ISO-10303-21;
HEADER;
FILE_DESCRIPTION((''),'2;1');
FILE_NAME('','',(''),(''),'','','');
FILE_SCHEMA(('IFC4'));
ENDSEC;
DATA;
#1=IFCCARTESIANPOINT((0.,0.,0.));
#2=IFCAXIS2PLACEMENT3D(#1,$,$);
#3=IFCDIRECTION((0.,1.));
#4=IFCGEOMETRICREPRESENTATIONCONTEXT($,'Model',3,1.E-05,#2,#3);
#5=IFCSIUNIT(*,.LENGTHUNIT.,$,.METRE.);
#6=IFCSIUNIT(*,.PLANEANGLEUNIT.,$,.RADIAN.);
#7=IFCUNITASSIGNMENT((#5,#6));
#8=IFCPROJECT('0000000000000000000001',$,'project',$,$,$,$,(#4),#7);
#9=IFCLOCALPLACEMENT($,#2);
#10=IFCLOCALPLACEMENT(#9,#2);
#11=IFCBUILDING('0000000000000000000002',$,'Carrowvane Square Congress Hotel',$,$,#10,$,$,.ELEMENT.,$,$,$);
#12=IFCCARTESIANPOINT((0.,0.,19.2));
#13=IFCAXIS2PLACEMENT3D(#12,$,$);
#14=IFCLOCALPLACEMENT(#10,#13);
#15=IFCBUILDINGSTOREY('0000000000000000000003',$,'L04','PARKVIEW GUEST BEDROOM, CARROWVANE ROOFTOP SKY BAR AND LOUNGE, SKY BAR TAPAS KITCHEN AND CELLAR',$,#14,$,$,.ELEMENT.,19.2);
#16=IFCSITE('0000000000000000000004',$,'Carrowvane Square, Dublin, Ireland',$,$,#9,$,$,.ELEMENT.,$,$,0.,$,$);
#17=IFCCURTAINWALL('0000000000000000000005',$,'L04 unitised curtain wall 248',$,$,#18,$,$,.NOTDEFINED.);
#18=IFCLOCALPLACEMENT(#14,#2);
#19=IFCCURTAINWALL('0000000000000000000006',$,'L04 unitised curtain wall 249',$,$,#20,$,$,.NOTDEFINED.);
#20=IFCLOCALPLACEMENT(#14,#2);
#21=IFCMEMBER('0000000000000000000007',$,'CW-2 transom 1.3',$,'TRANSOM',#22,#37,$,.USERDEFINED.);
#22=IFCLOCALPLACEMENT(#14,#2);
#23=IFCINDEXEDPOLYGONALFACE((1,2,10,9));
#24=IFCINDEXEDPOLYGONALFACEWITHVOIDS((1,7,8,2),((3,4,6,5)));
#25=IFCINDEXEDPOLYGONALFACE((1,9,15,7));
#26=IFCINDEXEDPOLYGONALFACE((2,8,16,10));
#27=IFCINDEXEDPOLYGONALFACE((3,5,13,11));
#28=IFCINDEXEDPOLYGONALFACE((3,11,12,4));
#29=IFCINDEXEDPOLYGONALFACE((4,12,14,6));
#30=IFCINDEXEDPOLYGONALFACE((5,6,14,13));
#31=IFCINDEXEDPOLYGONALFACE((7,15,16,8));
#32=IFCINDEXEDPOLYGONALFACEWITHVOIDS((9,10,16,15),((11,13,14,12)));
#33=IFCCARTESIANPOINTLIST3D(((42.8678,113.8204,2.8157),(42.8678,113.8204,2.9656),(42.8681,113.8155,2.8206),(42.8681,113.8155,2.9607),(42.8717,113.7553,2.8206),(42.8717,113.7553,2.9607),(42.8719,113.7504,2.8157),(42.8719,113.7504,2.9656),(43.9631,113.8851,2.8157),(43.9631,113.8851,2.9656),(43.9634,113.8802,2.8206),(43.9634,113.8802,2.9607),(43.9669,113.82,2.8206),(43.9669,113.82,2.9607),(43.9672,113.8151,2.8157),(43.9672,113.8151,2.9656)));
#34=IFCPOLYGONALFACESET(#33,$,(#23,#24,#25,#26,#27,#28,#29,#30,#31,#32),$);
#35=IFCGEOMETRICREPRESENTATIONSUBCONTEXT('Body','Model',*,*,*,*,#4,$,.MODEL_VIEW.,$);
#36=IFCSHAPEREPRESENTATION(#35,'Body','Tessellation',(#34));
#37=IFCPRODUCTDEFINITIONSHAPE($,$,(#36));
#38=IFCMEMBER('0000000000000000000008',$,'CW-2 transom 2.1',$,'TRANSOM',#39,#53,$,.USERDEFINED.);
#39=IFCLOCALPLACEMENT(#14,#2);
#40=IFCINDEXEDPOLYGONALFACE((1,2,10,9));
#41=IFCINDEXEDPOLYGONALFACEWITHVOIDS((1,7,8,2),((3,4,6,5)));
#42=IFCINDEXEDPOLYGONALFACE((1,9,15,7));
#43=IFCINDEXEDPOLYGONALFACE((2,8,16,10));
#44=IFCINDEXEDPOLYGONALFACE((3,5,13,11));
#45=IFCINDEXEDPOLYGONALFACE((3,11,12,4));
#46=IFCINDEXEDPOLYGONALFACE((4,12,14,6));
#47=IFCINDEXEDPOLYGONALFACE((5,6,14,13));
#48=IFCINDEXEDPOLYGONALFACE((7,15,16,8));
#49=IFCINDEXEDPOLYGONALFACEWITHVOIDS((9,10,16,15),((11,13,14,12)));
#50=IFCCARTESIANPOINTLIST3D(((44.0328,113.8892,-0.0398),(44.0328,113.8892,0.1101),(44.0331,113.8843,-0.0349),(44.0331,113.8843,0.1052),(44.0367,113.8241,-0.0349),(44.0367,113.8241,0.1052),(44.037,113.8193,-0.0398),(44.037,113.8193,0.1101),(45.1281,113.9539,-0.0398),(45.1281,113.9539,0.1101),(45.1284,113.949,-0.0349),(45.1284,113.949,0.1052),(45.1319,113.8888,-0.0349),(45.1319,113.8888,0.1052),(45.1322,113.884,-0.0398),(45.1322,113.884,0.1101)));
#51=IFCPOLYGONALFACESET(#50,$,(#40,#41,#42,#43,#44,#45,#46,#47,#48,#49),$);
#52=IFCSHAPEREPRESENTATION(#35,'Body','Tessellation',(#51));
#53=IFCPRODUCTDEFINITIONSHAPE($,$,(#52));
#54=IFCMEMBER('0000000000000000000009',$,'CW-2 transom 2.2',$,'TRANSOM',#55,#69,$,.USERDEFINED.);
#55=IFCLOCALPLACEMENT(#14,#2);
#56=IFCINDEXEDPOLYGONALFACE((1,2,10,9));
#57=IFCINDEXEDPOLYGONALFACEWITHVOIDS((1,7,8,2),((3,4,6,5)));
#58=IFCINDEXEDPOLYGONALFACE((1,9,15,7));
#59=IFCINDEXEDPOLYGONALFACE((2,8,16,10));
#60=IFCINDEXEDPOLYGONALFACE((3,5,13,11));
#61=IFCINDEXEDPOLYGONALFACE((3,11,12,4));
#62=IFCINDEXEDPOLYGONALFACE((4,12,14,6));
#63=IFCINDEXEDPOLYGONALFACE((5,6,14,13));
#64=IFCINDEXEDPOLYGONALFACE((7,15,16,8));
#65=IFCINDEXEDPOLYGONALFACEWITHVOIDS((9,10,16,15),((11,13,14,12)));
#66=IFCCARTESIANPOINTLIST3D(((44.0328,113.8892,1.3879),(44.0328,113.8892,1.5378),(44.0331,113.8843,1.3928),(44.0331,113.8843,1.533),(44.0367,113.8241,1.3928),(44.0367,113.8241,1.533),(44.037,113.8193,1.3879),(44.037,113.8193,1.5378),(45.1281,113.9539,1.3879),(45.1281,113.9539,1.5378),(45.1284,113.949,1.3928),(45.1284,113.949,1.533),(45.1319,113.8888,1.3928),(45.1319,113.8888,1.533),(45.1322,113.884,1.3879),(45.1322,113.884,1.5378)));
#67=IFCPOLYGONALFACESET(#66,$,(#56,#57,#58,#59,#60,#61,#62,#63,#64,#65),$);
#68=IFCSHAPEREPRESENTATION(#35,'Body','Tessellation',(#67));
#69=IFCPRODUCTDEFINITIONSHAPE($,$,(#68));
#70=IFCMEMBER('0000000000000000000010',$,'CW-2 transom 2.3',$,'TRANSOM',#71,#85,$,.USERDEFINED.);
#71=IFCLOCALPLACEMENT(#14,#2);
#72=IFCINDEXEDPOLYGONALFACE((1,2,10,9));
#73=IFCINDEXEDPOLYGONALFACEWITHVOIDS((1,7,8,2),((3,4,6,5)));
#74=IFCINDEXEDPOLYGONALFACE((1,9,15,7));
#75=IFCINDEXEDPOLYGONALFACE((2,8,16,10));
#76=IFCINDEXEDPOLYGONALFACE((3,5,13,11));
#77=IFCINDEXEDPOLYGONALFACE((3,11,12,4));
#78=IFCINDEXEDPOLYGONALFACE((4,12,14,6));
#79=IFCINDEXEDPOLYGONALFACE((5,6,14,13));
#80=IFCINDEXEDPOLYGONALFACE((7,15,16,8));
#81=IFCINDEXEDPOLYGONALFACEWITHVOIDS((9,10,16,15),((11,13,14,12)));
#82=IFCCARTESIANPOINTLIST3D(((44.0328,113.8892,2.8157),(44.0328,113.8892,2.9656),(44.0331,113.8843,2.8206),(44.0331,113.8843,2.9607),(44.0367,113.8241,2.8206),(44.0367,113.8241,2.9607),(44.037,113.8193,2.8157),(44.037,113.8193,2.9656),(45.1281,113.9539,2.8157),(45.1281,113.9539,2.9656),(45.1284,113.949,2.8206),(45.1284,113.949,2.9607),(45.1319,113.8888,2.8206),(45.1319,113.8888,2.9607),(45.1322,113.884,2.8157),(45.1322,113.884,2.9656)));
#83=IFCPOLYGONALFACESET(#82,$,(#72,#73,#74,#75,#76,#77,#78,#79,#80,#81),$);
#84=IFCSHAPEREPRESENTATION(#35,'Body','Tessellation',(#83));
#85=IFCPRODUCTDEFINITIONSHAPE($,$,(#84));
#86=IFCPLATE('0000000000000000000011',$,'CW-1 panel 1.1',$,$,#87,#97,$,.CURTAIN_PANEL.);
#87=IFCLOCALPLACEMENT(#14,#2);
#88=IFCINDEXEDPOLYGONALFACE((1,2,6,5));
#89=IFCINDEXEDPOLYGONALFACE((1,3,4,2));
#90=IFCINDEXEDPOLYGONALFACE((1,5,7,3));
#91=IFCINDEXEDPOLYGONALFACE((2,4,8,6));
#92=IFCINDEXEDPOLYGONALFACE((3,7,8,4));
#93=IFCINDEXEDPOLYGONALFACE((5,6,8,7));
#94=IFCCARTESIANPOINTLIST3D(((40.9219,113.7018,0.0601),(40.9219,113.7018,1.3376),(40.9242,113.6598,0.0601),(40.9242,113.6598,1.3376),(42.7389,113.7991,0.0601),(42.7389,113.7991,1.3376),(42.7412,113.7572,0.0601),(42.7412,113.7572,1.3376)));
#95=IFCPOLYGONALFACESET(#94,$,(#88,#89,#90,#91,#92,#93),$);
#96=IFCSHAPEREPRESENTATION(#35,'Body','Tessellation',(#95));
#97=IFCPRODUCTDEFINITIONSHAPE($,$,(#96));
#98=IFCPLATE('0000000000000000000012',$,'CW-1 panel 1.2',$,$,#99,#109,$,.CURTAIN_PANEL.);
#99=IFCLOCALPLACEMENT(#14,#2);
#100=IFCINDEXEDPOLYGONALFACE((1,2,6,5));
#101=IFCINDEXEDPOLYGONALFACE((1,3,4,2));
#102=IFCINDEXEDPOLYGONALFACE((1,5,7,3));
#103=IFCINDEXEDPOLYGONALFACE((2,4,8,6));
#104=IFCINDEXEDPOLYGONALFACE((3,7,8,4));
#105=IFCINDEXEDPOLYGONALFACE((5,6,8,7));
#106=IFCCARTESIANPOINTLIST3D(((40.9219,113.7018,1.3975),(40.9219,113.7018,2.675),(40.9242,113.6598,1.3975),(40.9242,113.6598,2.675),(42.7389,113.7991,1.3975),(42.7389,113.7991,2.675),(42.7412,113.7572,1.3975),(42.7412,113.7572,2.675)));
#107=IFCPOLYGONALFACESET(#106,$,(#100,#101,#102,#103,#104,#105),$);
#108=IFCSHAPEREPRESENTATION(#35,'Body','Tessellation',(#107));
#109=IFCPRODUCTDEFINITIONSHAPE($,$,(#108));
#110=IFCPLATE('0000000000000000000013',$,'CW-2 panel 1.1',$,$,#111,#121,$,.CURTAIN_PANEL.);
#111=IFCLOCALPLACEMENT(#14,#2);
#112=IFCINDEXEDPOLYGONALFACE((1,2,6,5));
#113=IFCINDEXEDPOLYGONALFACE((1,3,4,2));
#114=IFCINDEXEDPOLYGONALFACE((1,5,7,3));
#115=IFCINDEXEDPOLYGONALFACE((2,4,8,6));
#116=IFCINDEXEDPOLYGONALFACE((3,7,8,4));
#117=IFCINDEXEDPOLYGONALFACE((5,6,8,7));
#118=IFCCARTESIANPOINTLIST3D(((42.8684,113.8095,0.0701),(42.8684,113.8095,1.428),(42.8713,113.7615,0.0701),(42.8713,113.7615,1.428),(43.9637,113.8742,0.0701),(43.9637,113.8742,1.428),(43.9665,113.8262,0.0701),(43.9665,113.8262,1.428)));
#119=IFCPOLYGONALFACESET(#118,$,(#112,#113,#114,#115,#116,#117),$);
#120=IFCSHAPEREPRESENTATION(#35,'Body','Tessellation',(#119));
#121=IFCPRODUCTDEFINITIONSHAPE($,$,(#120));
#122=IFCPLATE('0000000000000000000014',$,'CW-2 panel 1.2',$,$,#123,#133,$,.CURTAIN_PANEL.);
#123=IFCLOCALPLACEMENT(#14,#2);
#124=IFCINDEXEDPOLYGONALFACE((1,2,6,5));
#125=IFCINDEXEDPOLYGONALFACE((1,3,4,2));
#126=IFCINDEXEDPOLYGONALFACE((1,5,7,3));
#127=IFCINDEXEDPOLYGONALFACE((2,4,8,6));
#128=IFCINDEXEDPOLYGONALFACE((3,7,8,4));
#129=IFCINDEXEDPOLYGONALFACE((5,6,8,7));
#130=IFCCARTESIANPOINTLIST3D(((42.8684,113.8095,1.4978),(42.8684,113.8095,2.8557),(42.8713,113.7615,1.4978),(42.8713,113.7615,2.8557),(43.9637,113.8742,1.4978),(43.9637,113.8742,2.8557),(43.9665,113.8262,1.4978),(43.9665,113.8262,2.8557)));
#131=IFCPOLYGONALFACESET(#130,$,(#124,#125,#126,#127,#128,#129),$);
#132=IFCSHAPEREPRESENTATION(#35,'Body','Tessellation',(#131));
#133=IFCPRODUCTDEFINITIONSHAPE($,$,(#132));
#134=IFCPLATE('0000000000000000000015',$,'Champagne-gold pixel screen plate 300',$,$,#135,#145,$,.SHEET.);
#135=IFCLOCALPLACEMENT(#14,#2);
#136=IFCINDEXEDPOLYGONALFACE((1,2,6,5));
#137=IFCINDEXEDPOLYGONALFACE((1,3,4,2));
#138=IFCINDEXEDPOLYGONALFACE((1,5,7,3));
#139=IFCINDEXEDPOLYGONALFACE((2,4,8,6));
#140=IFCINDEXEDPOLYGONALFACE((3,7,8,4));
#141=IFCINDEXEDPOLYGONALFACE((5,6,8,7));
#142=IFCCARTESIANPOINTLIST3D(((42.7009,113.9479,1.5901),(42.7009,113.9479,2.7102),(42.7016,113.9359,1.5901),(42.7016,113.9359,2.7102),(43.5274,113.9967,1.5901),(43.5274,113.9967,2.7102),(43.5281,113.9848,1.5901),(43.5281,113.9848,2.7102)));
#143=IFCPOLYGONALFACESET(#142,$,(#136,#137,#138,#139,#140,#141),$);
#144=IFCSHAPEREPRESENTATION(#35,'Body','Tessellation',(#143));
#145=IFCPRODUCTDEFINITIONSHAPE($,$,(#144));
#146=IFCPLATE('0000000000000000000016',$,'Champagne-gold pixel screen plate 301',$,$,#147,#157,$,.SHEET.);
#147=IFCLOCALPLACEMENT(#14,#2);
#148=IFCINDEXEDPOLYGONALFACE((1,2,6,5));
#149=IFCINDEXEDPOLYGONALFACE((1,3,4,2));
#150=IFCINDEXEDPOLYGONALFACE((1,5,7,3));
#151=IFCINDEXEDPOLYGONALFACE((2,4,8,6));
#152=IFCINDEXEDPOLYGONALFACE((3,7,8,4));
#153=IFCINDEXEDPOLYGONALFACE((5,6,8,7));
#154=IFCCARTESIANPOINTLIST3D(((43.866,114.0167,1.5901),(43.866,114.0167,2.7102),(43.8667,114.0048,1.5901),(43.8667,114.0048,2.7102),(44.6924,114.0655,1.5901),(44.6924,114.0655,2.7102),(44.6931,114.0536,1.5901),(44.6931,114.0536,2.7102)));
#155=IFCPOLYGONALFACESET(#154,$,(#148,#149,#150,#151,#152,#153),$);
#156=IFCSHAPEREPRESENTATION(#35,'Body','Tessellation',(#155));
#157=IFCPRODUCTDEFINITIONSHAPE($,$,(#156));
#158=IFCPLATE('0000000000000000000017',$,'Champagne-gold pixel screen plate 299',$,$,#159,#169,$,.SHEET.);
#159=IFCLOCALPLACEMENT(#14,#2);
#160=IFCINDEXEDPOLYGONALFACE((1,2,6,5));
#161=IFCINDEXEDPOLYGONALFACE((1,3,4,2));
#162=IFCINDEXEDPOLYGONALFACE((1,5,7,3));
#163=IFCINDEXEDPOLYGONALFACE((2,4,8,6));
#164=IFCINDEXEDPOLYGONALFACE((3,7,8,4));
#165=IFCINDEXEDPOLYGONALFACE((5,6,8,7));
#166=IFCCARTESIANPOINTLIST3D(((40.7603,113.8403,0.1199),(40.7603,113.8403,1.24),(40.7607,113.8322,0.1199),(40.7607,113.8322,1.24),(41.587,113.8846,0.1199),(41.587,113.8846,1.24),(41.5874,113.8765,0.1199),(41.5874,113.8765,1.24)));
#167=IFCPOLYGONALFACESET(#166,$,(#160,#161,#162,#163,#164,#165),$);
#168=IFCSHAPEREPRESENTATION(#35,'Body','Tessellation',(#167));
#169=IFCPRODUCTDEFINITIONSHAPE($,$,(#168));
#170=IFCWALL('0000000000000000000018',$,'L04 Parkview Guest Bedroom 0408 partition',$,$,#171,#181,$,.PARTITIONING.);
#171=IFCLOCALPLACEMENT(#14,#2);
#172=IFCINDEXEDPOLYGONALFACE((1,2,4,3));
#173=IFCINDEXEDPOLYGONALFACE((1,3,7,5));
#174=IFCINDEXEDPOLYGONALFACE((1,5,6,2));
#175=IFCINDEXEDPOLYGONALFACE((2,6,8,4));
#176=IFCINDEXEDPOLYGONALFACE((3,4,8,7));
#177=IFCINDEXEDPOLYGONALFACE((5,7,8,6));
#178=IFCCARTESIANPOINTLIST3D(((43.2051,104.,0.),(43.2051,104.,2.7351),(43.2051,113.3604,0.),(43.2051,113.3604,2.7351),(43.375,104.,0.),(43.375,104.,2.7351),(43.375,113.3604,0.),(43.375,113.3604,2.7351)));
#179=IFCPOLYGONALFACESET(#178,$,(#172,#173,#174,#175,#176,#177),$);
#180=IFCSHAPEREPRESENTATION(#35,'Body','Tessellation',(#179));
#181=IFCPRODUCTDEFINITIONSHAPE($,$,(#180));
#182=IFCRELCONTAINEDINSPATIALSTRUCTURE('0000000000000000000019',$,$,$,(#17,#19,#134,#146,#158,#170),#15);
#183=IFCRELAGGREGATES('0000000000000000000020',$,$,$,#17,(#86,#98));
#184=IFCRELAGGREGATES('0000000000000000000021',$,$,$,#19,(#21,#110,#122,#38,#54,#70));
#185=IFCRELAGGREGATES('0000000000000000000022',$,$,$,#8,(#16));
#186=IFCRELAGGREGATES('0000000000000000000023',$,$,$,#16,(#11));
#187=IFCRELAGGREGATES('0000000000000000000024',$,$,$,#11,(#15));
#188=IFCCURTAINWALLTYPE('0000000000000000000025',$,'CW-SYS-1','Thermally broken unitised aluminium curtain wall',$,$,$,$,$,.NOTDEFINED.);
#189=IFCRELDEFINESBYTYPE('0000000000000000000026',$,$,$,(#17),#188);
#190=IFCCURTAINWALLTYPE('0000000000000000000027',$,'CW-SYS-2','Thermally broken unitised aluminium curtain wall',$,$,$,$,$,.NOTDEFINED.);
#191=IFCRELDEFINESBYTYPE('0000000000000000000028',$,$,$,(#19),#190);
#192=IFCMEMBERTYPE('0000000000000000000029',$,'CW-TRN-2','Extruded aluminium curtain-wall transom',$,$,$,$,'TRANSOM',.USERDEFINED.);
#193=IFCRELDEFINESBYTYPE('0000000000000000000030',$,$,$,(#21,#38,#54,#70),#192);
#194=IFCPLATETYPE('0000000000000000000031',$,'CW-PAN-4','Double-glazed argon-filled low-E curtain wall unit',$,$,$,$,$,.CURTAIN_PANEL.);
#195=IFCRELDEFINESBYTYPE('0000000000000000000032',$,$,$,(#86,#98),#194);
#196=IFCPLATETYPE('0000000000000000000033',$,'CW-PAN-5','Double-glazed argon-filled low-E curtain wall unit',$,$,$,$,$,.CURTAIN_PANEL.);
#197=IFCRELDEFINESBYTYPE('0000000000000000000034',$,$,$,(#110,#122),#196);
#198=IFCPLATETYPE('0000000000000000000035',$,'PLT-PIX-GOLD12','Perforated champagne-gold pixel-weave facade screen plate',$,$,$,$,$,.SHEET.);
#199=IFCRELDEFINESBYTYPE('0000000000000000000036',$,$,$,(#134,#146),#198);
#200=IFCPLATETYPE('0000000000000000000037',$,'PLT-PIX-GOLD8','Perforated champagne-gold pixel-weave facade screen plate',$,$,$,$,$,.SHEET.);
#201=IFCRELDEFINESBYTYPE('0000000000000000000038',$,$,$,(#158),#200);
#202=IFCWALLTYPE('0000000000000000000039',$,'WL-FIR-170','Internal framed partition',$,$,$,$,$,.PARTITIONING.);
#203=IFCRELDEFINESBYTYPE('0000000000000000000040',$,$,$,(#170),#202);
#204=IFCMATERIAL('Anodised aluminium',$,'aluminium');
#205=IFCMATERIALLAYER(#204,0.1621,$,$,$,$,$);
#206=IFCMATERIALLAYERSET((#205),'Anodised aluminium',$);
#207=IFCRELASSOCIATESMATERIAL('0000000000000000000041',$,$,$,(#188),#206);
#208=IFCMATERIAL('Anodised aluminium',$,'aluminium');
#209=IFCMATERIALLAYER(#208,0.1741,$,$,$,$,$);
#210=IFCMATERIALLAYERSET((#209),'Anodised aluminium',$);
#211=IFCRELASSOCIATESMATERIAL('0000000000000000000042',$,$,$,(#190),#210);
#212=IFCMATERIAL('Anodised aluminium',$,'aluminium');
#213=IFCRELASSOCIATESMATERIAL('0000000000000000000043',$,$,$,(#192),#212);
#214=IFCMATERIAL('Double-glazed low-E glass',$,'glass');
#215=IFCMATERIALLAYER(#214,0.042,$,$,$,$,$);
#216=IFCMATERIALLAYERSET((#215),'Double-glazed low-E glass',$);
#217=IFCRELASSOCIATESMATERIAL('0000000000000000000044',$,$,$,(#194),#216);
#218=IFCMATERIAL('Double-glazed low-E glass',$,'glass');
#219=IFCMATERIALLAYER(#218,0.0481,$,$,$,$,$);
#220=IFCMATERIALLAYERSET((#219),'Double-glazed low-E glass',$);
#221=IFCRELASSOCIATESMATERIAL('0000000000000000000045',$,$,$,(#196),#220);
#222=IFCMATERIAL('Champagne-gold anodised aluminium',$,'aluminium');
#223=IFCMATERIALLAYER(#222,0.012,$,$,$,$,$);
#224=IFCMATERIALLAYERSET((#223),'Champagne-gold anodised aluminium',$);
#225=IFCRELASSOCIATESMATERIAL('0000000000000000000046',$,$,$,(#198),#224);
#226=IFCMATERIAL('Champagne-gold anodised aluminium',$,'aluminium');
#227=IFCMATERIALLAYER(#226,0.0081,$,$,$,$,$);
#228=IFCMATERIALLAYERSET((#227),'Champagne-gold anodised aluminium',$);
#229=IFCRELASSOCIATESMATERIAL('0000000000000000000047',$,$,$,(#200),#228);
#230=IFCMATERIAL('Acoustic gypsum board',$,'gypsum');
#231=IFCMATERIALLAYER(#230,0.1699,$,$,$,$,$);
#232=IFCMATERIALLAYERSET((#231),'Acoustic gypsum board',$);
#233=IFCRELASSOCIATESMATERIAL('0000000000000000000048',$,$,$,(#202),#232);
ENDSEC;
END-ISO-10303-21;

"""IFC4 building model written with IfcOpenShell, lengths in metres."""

from ifc_helpers import new_model, si_unit, direction, frame, frame_2d, origin, origin_2d, place, context, subcontext, project, spatial, rectangle, hollow_rectangle, extrude, material, layer, layer_set, material_profile, profile_set, type_object, element, aggregate, save


model = new_model("IFC4")

# Units and contexts
model_context = context("Model", 3, precision=1e-05, world=origin(), true_north=direction((0.0, 1.0)))
body_context = subcontext(model_context, "Body", "Model", "MODEL_VIEW")
ifc_project = project(units=[si_unit("LENGTHUNIT", "METRE"), si_unit("PLANEANGLEUNIT", "RADIAN")], contexts=[model_context])

# Site, building, storey
site_placement = place(None, origin())
site = spatial("IfcSite", under=ifc_project, at=site_placement, Name="Carrowvane Square, Dublin, Ireland", CompositionType="ELEMENT", RefElevation=0.0)
building_placement = place(site_placement, origin())
building = spatial("IfcBuilding", under=site, at=building_placement, Name="Carrowvane Square Congress Hotel", CompositionType="ELEMENT")
storey_placement = place(building_placement, frame((0.0, 0.0, 19.2)))
storey = spatial("IfcBuildingStorey", under=building, at=storey_placement, Name="L04", Description="PARKVIEW GUEST BEDROOM, CARROWVANE ROOFTOP SKY BAR AND LOUNGE, SKY BAR TAPAS KITCHEN AND CELLAR", CompositionType="ELEMENT", Elevation=19.2)

# Curtain walls
ifc_material_1 = material(Name="Anodised aluminium", Category="aluminium")
ifc_layer_1 = layer(ifc_material_1, 0.1621)
ifc_layer_set_1 = layer_set([ifc_layer_1], Name="Anodised aluminium")
curtain_wall_type_1 = type_object("IfcCurtainWallType", Name="CW-SYS-1", Description="Thermally broken unitised aluminium curtain wall", PredefinedType="NOTDEFINED", material=ifc_layer_set_1)
curtain_wall_1_placement = place(storey_placement, origin())
curtain_wall_1 = element("IfcCurtainWall", 1, at=curtain_wall_1_placement, inside=storey, type_object=curtain_wall_type_1, Name="L04 unitised curtain wall 248", PredefinedType="NOTDEFINED")
ifc_material_2 = material(Name="Anodised aluminium", Category="aluminium")
ifc_layer_2 = layer(ifc_material_2, 0.1741)
ifc_layer_set_2 = layer_set([ifc_layer_2], Name="Anodised aluminium")
curtain_wall_type_2 = type_object("IfcCurtainWallType", Name="CW-SYS-2", Description="Thermally broken unitised aluminium curtain wall", PredefinedType="NOTDEFINED", material=ifc_layer_set_2)
curtain_wall_2_placement = place(storey_placement, origin())
curtain_wall_2 = element("IfcCurtainWall", 2, at=curtain_wall_2_placement, inside=storey, type_object=curtain_wall_type_2, Name="L04 unitised curtain wall 249", PredefinedType="NOTDEFINED")

# Members
ifc_material_3 = material(Name="Anodised aluminium", Category="aluminium")
ifc_material_profile_1 = material_profile(ifc_material_3, hollow_rectangle(XDim=0.0701, YDim=0.1499, WallThickness=0.0049, at=origin_2d()), Name="CW-TR 70x150x5")
ifc_profile_set_1 = profile_set([ifc_material_profile_1], Name="Anodised aluminium")
member_type_1 = type_object("IfcMemberType", Name="CW-TRN-2", Description="Extruded aluminium curtain-wall transom", ElementType="TRANSOM", PredefinedType="USERDEFINED", material=ifc_profile_set_1)
member_1_placement = place(storey_placement, frame((42.8699, 113.7854, 2.8906), z_axis=(0.99826, 0.05897, 0.0), x_axis=(-0.05897, 0.99826, 0.0)))
member_1 = element("IfcMember", 3, at=member_1_placement, type_object=member_type_1, Name="CW-2 transom 1.3", ObjectType="TRANSOM", PredefinedType="USERDEFINED", context=body_context, shape_type="SweptSolid", body=[
    extrude(hollow_rectangle(XDim=0.0701, YDim=0.1499, WallThickness=0.0049, at=origin_2d()), origin(), (0.0, 0.0, 1.0), 1.0972),
])
member_2_placement = place(storey_placement, frame((44.0349, 113.8542, 0.0352), z_axis=(0.99826, 0.05897, 0.0), x_axis=(-0.05897, 0.99826, 0.0)))
member_2 = element("IfcMember", 4, at=member_2_placement, type_object=member_type_1, Name="CW-2 transom 2.1", ObjectType="TRANSOM", PredefinedType="USERDEFINED", context=body_context, shape_type="SweptSolid", body=[
    extrude(hollow_rectangle(XDim=0.0701, YDim=0.1499, WallThickness=0.0049, at=origin_2d()), origin(), (0.0, 0.0, 1.0), 1.0972),
])
member_3_placement = place(storey_placement, frame((44.0349, 113.8542, 1.4629), z_axis=(0.99826, 0.05897, 0.0), x_axis=(-0.05897, 0.99826, 0.0)))
member_3 = element("IfcMember", 5, at=member_3_placement, type_object=member_type_1, Name="CW-2 transom 2.2", ObjectType="TRANSOM", PredefinedType="USERDEFINED", context=body_context, shape_type="SweptSolid", body=[
    extrude(hollow_rectangle(XDim=0.0701, YDim=0.1499, WallThickness=0.0049, at=origin_2d()), origin(), (0.0, 0.0, 1.0), 1.0972),
])
member_4_placement = place(storey_placement, frame((44.0349, 113.8542, 2.8906), z_axis=(0.99826, 0.05897, 0.0), x_axis=(-0.05897, 0.99826, 0.0)))
member_4 = element("IfcMember", 6, at=member_4_placement, type_object=member_type_1, Name="CW-2 transom 2.3", ObjectType="TRANSOM", PredefinedType="USERDEFINED", context=body_context, shape_type="SweptSolid", body=[
    extrude(hollow_rectangle(XDim=0.0701, YDim=0.1499, WallThickness=0.0049, at=origin_2d()), origin(), (0.0, 0.0, 1.0), 1.0972),
])

# Plates
ifc_material_4 = material(Name="Double-glazed low-E glass", Category="glass")
ifc_layer_3 = layer(ifc_material_4, 0.042)
ifc_layer_set_3 = layer_set([ifc_layer_3], Name="Double-glazed low-E glass")
plate_type_1 = type_object("IfcPlateType", Name="CW-PAN-4", Description="Double-glazed argon-filled low-E curtain wall unit", PredefinedType="CURTAIN_PANEL", material=ifc_layer_set_3)
plate_1_placement = place(storey_placement, frame((41.8315, 113.7295, 0.0601), z_axis=(0.0, 0.0, 1.0), x_axis=(0.998567, 0.053514, 0.0)))
plate_1 = element("IfcPlate", 7, at=plate_1_placement, type_object=plate_type_1, Name="CW-1 panel 1.1", PredefinedType="CURTAIN_PANEL", context=body_context, shape_type="SweptSolid", body=[
    extrude(rectangle(XDim=1.8196, YDim=0.042, at=origin_2d()), origin(), (0.0, 0.0, 1.0), 1.2776),
])
plate_2_placement = place(storey_placement, frame((41.8315, 113.7295, 1.3975), z_axis=(0.0, 0.0, 1.0), x_axis=(0.998567, 0.053514, 0.0)))
plate_2 = element("IfcPlate", 8, at=plate_2_placement, type_object=plate_type_1, Name="CW-1 panel 1.2", PredefinedType="CURTAIN_PANEL", context=body_context, shape_type="SweptSolid", body=[
    extrude(rectangle(XDim=1.8196, YDim=0.042, at=origin_2d()), origin(), (0.0, 0.0, 1.0), 1.2776),
])
aggregate(curtain_wall_1, [plate_1, plate_2])
ifc_material_5 = material(Name="Double-glazed low-E glass", Category="glass")
ifc_layer_4 = layer(ifc_material_5, 0.0481)
ifc_layer_set_4 = layer_set([ifc_layer_4], Name="Double-glazed low-E glass")
plate_type_2 = type_object("IfcPlateType", Name="CW-PAN-5", Description="Double-glazed argon-filled low-E curtain wall unit", PredefinedType="CURTAIN_PANEL", material=ifc_layer_set_4)
plate_3_placement = place(storey_placement, frame((43.4175, 113.8179, 0.0701), z_axis=(0.0, 0.0, 1.0), x_axis=(0.998259, 0.058989, 0.0)))
plate_3 = element("IfcPlate", 9, at=plate_3_placement, type_object=plate_type_2, Name="CW-2 panel 1.1", PredefinedType="CURTAIN_PANEL", context=body_context, shape_type="SweptSolid", body=[
    extrude(rectangle(XDim=1.0972, YDim=0.0481, at=origin_2d()), origin(), (0.0, 0.0, 1.0), 1.3579),
])
plate_4_placement = place(storey_placement, frame((43.4175, 113.8179, 1.4978), z_axis=(0.0, 0.0, 1.0), x_axis=(0.998259, 0.058989, 0.0)))
plate_4 = element("IfcPlate", 10, at=plate_4_placement, type_object=plate_type_2, Name="CW-2 panel 1.2", PredefinedType="CURTAIN_PANEL", context=body_context, shape_type="SweptSolid", body=[
    extrude(rectangle(XDim=1.0972, YDim=0.0481, at=origin_2d()), origin(), (0.0, 0.0, 1.0), 1.3579),
])
aggregate(curtain_wall_2, [member_1, plate_3, plate_4, member_2, member_3, member_4])

# Plates
ifc_material_6 = material(Name="Champagne-gold anodised aluminium", Category="aluminium")
ifc_layer_5 = layer(ifc_material_6, 0.012)
ifc_layer_set_5 = layer_set([ifc_layer_5], Name="Champagne-gold anodised aluminium")
plate_type_3 = type_object("IfcPlateType", Name="PLT-PIX-GOLD12", Description="Perforated champagne-gold pixel-weave facade screen plate", PredefinedType="SHEET", material=ifc_layer_set_5)
for number, where, z_axis, x_axis, name in (
    (11, (43.1145, 113.9663, 1.5901), (0.0, 0.0, 1.0), (0.998259, 0.058985, 0.0), "Champagne-gold pixel screen plate 300"),
    (12, (44.2795, 114.0352, 1.5901), (0.0, 0.0, 1.0), (0.998259, 0.058985, 0.0), "Champagne-gold pixel screen plate 301"),
):
    element("IfcPlate", number, at=place(storey_placement, frame(where, z_axis=z_axis, x_axis=x_axis)), inside=storey, type_object=plate_type_3, Name=name, PredefinedType="SHEET", context=body_context, shape_type="SweptSolid", body=[
        extrude(rectangle(XDim=0.8279, YDim=0.012, at=origin_2d()), origin(), (0.0, 0.0, 1.0), 1.1201),
    ])
ifc_material_7 = material(Name="Champagne-gold anodised aluminium", Category="aluminium")
ifc_layer_6 = layer(ifc_material_7, 0.0081)
ifc_layer_set_6 = layer_set([ifc_layer_6], Name="Champagne-gold anodised aluminium")
plate_type_4 = type_object("IfcPlateType", Name="PLT-PIX-GOLD8", Description="Perforated champagne-gold pixel-weave facade screen plate", PredefinedType="SHEET", material=ifc_layer_set_6)
plate_5_placement = place(storey_placement, frame((41.1738, 113.8584, 0.1199), z_axis=(0.0, 0.0, 1.0), x_axis=(0.998567, 0.053517, 0.0)))
element("IfcPlate", 13, at=plate_5_placement, inside=storey, type_object=plate_type_4, Name="Champagne-gold pixel screen plate 299", PredefinedType="SHEET", context=body_context, shape_type="SweptSolid", body=[
    extrude(rectangle(XDim=0.8279, YDim=0.0081, at=origin_2d()), origin(), (0.0, 0.0, 1.0), 1.1201),
])

# Wall
ifc_material_8 = material(Name="Acoustic gypsum board", Category="gypsum")
ifc_layer_7 = layer(ifc_material_8, 0.1699)
ifc_layer_set_7 = layer_set([ifc_layer_7], Name="Acoustic gypsum board")
wall_type_1 = type_object("IfcWallType", Name="WL-FIR-170", Description="Internal framed partition", PredefinedType="PARTITIONING", material=ifc_layer_set_7)
wall_1_placement = place(storey_placement, frame((43.29, 113.3604, 0.0), z_axis=(0.0, 0.0, 1.0), x_axis=(0.0, -1.0, 0.0)))
element("IfcWall", 14, at=wall_1_placement, inside=storey, type_object=wall_type_1, Name="L04 Parkview Guest Bedroom 0408 partition", PredefinedType="PARTITIONING", context=body_context, shape_type="SweptSolid", body=[
    extrude(rectangle(XDim=9.3604, YDim=0.1699, at=frame_2d((4.6802, 0.0))), origin(), (0.0, 0.0, 1.0), 2.7351),
])

save(model, "model.ifc")
